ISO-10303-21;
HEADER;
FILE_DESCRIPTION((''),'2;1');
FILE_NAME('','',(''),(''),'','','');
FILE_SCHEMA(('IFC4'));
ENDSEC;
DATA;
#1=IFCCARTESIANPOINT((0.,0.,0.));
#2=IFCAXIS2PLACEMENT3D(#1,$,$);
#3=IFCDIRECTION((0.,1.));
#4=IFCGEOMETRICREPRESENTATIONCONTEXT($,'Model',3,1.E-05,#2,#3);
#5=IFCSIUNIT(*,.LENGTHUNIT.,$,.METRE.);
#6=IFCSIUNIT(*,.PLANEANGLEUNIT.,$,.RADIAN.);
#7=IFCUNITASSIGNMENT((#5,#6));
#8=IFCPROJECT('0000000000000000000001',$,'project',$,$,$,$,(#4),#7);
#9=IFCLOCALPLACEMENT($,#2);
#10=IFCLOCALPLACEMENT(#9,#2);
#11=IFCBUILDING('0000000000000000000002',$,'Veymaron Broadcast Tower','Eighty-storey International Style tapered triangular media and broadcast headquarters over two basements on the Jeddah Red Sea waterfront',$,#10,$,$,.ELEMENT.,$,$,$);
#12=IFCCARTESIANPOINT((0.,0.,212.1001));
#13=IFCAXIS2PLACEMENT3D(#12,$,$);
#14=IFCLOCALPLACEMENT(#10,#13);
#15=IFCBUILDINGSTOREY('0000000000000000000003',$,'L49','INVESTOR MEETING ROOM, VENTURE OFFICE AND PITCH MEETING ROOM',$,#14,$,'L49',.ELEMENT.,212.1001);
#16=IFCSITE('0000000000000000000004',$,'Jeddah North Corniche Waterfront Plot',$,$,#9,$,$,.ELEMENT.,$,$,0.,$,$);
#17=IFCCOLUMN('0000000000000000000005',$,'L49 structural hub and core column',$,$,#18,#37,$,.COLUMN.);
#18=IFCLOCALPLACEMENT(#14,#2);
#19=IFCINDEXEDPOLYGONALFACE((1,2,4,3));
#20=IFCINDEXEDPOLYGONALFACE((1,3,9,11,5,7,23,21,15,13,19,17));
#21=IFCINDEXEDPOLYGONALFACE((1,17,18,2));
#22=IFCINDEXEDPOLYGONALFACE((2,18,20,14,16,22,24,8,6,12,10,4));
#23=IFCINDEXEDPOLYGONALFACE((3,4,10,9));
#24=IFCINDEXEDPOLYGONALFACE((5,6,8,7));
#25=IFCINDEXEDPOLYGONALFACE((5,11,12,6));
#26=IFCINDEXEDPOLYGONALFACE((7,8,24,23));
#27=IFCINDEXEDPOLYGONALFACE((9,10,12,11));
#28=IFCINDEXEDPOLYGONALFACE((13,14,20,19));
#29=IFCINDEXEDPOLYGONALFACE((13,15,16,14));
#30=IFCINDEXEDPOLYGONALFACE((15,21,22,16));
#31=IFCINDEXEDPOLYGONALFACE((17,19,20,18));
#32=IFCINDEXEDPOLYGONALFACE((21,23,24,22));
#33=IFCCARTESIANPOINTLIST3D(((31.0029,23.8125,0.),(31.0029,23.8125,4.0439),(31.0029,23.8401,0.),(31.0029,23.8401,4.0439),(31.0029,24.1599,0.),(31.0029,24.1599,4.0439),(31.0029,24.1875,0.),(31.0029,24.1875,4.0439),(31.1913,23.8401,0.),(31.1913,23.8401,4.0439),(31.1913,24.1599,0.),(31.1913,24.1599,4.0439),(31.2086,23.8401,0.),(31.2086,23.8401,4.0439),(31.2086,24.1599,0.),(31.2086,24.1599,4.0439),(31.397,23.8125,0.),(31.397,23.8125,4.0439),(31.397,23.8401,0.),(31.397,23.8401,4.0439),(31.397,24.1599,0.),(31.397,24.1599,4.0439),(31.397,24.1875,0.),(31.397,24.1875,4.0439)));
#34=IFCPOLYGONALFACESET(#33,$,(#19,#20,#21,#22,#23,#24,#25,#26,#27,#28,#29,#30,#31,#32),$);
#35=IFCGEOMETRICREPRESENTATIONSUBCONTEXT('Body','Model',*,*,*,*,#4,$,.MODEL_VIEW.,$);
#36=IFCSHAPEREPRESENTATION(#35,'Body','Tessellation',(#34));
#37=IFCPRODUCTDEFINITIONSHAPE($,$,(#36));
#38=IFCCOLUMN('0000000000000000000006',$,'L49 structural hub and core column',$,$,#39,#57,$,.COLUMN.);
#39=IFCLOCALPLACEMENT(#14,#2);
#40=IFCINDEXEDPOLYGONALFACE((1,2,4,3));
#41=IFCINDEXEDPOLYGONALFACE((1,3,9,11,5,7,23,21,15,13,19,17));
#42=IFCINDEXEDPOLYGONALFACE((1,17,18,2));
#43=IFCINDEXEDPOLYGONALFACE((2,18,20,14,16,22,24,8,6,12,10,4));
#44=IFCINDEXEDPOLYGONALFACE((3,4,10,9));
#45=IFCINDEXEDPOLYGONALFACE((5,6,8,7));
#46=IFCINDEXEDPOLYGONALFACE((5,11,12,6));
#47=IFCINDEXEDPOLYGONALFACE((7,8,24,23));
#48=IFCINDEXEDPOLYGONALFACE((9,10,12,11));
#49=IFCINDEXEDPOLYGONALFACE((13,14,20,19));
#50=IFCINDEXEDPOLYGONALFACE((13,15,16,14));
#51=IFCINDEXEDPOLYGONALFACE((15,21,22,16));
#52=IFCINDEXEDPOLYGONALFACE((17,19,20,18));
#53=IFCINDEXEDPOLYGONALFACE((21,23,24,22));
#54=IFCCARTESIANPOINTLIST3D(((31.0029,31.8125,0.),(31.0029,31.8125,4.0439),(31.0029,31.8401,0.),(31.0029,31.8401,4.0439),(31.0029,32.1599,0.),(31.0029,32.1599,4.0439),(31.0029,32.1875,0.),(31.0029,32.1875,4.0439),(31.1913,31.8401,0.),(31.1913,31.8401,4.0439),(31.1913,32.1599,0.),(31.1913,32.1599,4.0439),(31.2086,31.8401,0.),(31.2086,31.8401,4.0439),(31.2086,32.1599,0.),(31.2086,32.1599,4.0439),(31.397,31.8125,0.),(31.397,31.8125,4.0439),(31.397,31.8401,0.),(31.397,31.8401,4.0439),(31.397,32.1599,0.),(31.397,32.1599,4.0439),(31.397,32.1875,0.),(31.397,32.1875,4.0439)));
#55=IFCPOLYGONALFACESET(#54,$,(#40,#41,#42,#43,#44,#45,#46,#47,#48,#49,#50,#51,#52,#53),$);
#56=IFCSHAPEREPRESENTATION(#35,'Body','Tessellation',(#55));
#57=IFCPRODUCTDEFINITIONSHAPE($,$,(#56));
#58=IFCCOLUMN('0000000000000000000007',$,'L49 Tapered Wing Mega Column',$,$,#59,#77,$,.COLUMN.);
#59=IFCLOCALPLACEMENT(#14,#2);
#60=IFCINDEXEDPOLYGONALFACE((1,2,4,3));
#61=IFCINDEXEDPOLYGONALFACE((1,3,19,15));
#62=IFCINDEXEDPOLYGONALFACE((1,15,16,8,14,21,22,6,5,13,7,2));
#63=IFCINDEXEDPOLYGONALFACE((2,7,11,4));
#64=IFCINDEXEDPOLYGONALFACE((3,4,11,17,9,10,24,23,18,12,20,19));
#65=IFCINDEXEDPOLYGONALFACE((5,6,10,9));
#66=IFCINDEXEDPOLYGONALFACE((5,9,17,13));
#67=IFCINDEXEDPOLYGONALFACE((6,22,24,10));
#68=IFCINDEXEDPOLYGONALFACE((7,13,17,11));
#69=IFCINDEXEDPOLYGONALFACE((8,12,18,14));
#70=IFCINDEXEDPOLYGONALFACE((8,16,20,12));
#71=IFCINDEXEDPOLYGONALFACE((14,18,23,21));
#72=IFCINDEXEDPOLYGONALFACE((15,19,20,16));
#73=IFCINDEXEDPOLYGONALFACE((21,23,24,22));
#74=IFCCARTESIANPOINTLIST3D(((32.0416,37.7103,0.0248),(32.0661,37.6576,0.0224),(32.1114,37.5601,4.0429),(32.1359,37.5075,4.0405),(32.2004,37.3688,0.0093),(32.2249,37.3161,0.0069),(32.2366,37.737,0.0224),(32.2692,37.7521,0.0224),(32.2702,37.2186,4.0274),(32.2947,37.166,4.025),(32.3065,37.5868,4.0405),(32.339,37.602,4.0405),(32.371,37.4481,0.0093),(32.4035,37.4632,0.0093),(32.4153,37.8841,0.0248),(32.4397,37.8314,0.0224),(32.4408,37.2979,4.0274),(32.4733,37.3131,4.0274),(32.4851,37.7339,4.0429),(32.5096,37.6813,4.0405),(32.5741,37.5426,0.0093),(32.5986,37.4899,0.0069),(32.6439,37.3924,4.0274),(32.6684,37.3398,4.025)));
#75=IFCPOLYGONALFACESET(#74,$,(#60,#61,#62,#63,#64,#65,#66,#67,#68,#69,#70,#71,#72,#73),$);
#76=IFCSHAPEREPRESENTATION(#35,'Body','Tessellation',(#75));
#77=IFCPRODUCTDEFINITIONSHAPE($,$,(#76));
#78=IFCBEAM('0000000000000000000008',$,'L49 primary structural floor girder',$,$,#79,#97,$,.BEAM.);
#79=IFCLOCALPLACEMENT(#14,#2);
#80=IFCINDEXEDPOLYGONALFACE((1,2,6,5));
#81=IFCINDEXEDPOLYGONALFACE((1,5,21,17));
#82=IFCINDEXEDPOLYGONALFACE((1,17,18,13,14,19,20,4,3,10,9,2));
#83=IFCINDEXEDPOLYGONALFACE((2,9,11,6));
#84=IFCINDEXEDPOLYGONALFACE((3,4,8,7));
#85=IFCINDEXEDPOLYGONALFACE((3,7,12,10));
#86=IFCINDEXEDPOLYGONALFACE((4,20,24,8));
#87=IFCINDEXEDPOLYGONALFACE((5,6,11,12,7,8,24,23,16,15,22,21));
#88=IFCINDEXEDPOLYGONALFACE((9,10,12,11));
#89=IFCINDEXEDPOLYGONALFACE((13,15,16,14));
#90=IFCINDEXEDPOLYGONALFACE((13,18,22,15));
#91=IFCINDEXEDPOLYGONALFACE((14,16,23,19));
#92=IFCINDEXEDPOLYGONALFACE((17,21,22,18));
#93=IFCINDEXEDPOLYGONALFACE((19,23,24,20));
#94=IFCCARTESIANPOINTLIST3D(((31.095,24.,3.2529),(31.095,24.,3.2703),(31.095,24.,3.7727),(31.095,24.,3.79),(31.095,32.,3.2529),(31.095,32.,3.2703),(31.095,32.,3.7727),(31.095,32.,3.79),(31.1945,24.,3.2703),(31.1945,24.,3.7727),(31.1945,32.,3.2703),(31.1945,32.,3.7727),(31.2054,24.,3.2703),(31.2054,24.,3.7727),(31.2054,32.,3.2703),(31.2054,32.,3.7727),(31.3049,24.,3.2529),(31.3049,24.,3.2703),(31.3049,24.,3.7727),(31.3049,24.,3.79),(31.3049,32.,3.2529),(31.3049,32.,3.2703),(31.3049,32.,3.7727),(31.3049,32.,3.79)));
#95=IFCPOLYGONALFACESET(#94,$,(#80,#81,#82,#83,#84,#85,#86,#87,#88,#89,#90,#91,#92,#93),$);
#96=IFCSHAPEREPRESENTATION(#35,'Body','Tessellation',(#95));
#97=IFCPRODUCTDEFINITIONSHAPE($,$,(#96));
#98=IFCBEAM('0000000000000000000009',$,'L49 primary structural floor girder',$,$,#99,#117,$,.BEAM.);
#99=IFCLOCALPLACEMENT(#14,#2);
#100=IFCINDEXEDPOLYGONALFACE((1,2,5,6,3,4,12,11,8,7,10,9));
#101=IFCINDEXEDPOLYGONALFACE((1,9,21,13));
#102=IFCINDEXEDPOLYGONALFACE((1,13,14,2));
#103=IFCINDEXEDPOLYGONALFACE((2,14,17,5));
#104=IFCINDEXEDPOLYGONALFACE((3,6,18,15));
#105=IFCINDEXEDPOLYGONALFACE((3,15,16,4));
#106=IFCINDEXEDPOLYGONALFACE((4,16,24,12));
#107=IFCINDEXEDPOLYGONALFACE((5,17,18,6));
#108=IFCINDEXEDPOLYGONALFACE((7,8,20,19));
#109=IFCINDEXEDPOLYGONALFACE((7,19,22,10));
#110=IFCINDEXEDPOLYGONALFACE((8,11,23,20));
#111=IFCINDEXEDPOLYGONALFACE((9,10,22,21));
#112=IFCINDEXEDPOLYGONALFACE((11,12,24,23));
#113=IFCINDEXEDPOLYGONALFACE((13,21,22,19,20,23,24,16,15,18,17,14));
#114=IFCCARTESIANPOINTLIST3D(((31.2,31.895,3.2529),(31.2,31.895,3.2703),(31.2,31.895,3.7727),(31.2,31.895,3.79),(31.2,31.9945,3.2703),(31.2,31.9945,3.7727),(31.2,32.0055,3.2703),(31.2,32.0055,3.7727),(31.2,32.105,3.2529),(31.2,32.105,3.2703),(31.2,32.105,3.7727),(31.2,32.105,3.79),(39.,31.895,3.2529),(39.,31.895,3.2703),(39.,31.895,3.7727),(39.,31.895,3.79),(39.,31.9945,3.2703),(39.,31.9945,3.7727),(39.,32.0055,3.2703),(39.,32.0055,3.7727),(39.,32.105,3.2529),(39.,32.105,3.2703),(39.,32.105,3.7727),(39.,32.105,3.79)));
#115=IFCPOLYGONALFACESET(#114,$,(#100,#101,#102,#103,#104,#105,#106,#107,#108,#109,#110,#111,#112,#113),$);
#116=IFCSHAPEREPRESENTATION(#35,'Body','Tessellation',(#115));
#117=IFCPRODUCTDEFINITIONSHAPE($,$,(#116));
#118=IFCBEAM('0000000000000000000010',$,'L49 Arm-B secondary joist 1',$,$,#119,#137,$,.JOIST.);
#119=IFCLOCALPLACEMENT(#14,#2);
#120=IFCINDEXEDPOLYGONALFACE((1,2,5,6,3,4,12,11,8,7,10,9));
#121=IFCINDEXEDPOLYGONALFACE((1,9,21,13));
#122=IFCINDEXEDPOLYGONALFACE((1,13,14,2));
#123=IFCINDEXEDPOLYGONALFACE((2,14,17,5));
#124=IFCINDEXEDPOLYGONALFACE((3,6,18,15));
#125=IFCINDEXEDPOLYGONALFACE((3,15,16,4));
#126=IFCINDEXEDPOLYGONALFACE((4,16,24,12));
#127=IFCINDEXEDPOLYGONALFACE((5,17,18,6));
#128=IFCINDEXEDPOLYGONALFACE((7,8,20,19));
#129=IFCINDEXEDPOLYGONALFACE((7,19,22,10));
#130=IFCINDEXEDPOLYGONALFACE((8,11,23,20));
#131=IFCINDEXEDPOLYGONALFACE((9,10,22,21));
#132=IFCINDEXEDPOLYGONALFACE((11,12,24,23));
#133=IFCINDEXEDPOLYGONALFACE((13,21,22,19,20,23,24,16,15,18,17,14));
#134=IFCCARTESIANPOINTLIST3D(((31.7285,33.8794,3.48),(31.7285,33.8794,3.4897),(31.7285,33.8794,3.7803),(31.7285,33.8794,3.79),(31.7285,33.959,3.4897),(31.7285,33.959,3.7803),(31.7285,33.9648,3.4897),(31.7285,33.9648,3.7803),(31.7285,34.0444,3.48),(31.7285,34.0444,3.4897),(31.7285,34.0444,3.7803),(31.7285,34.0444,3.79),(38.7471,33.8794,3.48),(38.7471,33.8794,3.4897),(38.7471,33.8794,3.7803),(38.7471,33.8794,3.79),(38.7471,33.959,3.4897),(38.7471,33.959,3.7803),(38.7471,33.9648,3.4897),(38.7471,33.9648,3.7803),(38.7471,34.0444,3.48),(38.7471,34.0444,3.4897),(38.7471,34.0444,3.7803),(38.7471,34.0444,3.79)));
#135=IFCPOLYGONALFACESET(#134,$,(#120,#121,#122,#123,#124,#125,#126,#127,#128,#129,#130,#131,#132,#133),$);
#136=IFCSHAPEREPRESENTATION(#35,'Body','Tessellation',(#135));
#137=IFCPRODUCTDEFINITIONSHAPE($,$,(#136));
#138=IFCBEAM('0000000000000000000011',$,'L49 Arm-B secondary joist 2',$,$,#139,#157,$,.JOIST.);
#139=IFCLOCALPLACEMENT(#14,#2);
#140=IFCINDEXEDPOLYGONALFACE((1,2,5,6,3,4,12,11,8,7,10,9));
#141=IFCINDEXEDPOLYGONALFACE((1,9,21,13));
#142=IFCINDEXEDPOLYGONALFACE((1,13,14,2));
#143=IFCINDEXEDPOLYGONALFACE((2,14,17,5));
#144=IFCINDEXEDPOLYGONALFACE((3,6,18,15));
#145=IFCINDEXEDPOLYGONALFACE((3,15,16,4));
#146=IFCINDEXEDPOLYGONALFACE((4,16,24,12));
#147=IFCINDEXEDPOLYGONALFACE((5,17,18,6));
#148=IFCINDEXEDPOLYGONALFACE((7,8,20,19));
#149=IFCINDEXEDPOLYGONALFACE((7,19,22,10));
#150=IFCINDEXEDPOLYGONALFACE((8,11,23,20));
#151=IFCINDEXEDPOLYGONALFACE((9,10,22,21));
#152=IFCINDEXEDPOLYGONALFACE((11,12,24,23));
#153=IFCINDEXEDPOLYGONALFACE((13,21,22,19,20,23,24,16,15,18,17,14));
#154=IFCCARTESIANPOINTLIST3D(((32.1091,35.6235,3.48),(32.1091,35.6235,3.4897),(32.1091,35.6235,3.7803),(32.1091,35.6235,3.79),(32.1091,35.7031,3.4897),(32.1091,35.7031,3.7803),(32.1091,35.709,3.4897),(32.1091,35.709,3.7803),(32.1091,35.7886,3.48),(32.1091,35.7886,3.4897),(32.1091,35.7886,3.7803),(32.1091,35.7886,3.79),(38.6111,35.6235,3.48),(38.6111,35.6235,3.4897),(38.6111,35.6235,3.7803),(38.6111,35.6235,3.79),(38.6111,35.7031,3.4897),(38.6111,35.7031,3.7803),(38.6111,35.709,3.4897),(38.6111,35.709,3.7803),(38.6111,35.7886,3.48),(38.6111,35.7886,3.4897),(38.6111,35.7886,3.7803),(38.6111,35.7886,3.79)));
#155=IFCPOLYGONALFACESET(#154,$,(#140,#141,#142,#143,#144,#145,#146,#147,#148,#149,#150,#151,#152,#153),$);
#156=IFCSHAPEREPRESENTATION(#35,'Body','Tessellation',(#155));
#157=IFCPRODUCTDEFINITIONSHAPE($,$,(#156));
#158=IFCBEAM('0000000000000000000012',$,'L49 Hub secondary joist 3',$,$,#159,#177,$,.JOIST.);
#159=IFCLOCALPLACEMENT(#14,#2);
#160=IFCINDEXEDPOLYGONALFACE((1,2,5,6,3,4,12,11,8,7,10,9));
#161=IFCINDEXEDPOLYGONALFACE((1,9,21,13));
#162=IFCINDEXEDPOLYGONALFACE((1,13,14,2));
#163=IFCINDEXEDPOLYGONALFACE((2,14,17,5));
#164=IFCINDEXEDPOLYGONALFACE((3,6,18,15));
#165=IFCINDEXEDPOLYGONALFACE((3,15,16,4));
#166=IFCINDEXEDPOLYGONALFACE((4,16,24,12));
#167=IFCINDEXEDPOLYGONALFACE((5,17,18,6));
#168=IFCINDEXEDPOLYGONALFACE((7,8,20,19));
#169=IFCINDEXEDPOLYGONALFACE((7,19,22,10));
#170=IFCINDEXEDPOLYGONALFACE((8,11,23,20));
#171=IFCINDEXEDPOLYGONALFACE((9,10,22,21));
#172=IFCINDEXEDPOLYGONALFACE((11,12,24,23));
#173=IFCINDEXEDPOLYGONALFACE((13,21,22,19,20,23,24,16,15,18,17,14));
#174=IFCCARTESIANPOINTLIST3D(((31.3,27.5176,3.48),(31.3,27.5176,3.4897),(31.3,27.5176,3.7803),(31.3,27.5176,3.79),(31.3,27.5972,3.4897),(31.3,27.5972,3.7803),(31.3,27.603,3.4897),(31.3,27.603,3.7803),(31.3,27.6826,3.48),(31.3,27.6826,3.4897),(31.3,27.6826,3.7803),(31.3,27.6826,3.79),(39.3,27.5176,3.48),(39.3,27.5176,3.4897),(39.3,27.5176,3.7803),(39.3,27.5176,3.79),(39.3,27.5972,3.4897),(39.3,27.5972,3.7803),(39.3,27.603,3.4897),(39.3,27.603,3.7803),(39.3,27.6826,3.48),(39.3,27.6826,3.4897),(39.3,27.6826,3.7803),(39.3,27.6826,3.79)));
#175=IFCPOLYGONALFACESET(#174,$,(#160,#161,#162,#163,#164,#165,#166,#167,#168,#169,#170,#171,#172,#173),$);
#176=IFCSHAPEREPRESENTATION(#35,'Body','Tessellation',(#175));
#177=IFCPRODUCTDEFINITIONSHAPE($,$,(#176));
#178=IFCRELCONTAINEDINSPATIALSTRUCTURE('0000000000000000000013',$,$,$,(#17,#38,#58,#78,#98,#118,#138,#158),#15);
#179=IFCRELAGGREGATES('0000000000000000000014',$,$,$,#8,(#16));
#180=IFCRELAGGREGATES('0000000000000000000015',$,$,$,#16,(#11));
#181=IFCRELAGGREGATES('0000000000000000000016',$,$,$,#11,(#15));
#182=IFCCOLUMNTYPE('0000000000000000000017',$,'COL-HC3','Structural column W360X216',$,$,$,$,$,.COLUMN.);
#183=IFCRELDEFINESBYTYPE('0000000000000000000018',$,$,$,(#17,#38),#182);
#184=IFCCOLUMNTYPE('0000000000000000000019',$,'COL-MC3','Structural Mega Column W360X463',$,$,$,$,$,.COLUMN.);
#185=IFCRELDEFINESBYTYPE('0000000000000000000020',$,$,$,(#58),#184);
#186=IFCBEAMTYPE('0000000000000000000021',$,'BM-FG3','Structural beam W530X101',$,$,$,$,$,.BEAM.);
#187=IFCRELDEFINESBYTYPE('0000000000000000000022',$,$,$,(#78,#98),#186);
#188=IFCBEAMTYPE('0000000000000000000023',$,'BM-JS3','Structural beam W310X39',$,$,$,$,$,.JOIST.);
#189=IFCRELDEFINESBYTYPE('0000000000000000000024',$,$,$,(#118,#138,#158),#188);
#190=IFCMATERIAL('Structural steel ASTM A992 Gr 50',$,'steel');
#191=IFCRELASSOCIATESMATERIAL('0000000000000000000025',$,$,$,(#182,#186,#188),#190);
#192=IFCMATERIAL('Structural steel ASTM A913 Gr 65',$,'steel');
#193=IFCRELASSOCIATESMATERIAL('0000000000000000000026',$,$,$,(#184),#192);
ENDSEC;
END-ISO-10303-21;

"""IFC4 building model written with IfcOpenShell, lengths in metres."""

from ifc_helpers import new_model, si_unit, direction, frame, origin, origin_2d, place, context, subcontext, project, spatial, i_section, extrude, material, material_profile, profile_set, type_object, element, save


model = new_model("IFC4")

# Units and contexts
model_context = context("Model", 3, precision=1e-05, world=origin(), true_north=direction((0.0, 1.0)))
body_context = subcontext(model_context, "Body", "Model", "MODEL_VIEW")
ifc_project = project(units=[si_unit("LENGTHUNIT", "METRE"), si_unit("PLANEANGLEUNIT", "RADIAN")], contexts=[model_context])

# Site, building, storey
site_placement = place(None, origin())
site = spatial("IfcSite", under=ifc_project, at=site_placement, Name="Jeddah North Corniche Waterfront Plot", CompositionType="ELEMENT", RefElevation=0.0)
building_placement = place(site_placement, origin())
building = spatial("IfcBuilding", under=site, at=building_placement, Name="Veymaron Broadcast Tower", Description="Eighty-storey International Style tapered triangular media and broadcast headquarters over two basements on the Jeddah Red Sea waterfront", CompositionType="ELEMENT")
storey_placement = place(building_placement, frame((0.0, 0.0, 212.1001)))
storey = spatial("IfcBuildingStorey", under=building, at=storey_placement, Name="L49", Description="INVESTOR MEETING ROOM, VENTURE OFFICE AND PITCH MEETING ROOM", LongName="L49", CompositionType="ELEMENT", Elevation=212.1001)

# Columns
ifc_material_1 = material(Name="Structural steel ASTM A992 Gr 50", Category="steel")
ifc_material_profile_1 = material_profile(ifc_material_1, i_section(OverallWidth=0.394, OverallDepth=0.375, WebThickness=0.0173, FlangeThickness=0.0276, at=origin_2d()), Name="W360X216")
ifc_profile_set_1 = profile_set([ifc_material_profile_1], Name="Structural steel ASTM A992 Gr 50")
column_type_1 = type_object("IfcColumnType", Name="COL-HC3", Description="Structural column W360X216", PredefinedType="COLUMN", material=ifc_profile_set_1)
for number, where, z_axis, x_axis, name in (
    (1, (31.2, 24.0, 0.0), (0.0, 0.0, 1.0), (1.0, 0.0, 0.0), "L49 structural hub and core column"),
    (2, (31.2, 32.0, 0.0), (0.0, 0.0, 1.0), (1.0, 0.0, 0.0), "L49 structural hub and core column"),
):
    element("IfcColumn", number, at=place(storey_placement, frame(where, z_axis=z_axis, x_axis=x_axis)), inside=storey, type_object=column_type_1, Name=name, PredefinedType="COLUMN", context=body_context, shape_type="SweptSolid", body=[
        extrude(i_section(OverallWidth=0.394, OverallDepth=0.375, WebThickness=0.0173, FlangeThickness=0.0276, at=origin_2d()), origin(), (0.0, 0.0, 1.0), 4.0439),
    ])
ifc_material_2 = material(Name="Structural steel ASTM A913 Gr 65", Category="steel")
ifc_material_profile_2 = material_profile(ifc_material_2, i_section(OverallWidth=0.4121, OverallDepth=0.4351, WebThickness=0.0359, FlangeThickness=0.0581, at=origin_2d()), Name="W360X463")
ifc_profile_set_2 = profile_set([ifc_material_profile_2], Name="Structural steel ASTM A913 Gr 65")
column_type_2 = type_object("IfcColumnType", Name="COL-MC3", Description="Structural Mega Column W360X463", PredefinedType="COLUMN", material=ifc_profile_set_2)
column_placement = place(storey_placement, frame((32.3201, 37.6001, 0.0159), z_axis=(0.017363, -0.037336, 0.999152), x_axis=(0.906747, 0.421674, 0.0)))
element("IfcColumn", 3, at=column_placement, inside=storey, type_object=column_type_2, Name="L49 Tapered Wing Mega Column", PredefinedType="COLUMN", context=body_context, shape_type="SweptSolid", body=[
    extrude(i_section(OverallWidth=0.4121, OverallDepth=0.4351, WebThickness=0.0359, FlangeThickness=0.0581, at=origin_2d()), origin(), (0.0, 0.0, 1.0), 4.0215),
])

# Beams
ifc_material_profile_3 = material_profile(ifc_material_1, i_section(OverallWidth=0.21, OverallDepth=0.5371, WebThickness=0.011, FlangeThickness=0.0173, at=origin_2d()), Name="W530X101")
ifc_profile_set_3 = profile_set([ifc_material_profile_3], Name="Structural steel ASTM A992 Gr 50")
beam_type_1 = type_object("IfcBeamType", Name="BM-FG3", Description="Structural beam W530X101", PredefinedType="BEAM", material=ifc_profile_set_3)
beam_1_placement = place(storey_placement, frame((31.2, 24.0, 3.5215), z_axis=(0.0, 1.0, 0.0), x_axis=(-1.0, 0.0, 0.0)))
element("IfcBeam", 4, at=beam_1_placement, inside=storey, type_object=beam_type_1, Name="L49 primary structural floor girder", PredefinedType="BEAM", context=body_context, shape_type="SweptSolid", body=[
    extrude(i_section(OverallWidth=0.21, OverallDepth=0.5371, WebThickness=0.011, FlangeThickness=0.0173, at=origin_2d()), origin(), (0.0, 0.0, 1.0), 8.0),
])
beam_2_placement = place(storey_placement, frame((31.2, 32.0, 3.5215), z_axis=(1.0, 0.0, 0.0), x_axis=(0.0, 1.0, 0.0)))
element("IfcBeam", 5, at=beam_2_placement, inside=storey, type_object=beam_type_1, Name="L49 primary structural floor girder", PredefinedType="BEAM", context=body_context, shape_type="SweptSolid", body=[
    extrude(i_section(OverallWidth=0.21, OverallDepth=0.5371, WebThickness=0.011, FlangeThickness=0.0173, at=origin_2d()), origin(), (0.0, 0.0, 1.0), 7.8),
])
ifc_material_profile_4 = material_profile(ifc_material_1, i_section(OverallWidth=0.165, OverallDepth=0.3101, WebThickness=0.0059, FlangeThickness=0.0098, at=origin_2d()), Name="W310X39")
ifc_profile_set_4 = profile_set([ifc_material_profile_4], Name="Structural steel ASTM A992 Gr 50")
beam_type_2 = type_object("IfcBeamType", Name="BM-JS3", Description="Structural beam W310X39", PredefinedType="JOIST", material=ifc_profile_set_4)
beam_3_placement = place(storey_placement, frame((31.7285, 33.9619, 3.635), z_axis=(1.0, 0.0, 0.0), x_axis=(0.0, 1.0, 0.0)))
element("IfcBeam", 6, at=beam_3_placement, inside=storey, type_object=beam_type_2, Name="L49 Arm-B secondary joist 1", PredefinedType="JOIST", context=body_context, shape_type="SweptSolid", body=[
    extrude(i_section(OverallWidth=0.165, OverallDepth=0.3101, WebThickness=0.0059, FlangeThickness=0.0098, at=origin_2d()), origin(), (0.0, 0.0, 1.0), 7.0186),
])
beam_4_placement = place(storey_placement, frame((32.1091, 35.7061, 3.635), z_axis=(1.0, 0.0, 0.0), x_axis=(0.0, 1.0, 0.0)))
element("IfcBeam", 7, at=beam_4_placement, inside=storey, type_object=beam_type_2, Name="L49 Arm-B secondary joist 2", PredefinedType="JOIST", context=body_context, shape_type="SweptSolid", body=[
    extrude(i_section(OverallWidth=0.165, OverallDepth=0.3101, WebThickness=0.0059, FlangeThickness=0.0098, at=origin_2d()), origin(), (0.0, 0.0, 1.0), 6.502),
])
for number, where, z_axis, x_axis, name in (
    (8, (31.3, 27.6001, 3.635), (1.0, 0.0, 0.0), (0.0, 1.0, 0.0), "L49 Hub secondary joist 3"),
):
    element("IfcBeam", number, at=place(storey_placement, frame(where, z_axis=z_axis, x_axis=x_axis)), inside=storey, type_object=beam_type_2, Name=name, PredefinedType="JOIST", context=body_context, shape_type="SweptSolid", body=[
        extrude(i_section(OverallWidth=0.165, OverallDepth=0.3101, WebThickness=0.0059, FlangeThickness=0.0098, at=origin_2d()), origin(), (0.0, 0.0, 1.0), 8.0),
    ])

save(model, "model.ifc")
